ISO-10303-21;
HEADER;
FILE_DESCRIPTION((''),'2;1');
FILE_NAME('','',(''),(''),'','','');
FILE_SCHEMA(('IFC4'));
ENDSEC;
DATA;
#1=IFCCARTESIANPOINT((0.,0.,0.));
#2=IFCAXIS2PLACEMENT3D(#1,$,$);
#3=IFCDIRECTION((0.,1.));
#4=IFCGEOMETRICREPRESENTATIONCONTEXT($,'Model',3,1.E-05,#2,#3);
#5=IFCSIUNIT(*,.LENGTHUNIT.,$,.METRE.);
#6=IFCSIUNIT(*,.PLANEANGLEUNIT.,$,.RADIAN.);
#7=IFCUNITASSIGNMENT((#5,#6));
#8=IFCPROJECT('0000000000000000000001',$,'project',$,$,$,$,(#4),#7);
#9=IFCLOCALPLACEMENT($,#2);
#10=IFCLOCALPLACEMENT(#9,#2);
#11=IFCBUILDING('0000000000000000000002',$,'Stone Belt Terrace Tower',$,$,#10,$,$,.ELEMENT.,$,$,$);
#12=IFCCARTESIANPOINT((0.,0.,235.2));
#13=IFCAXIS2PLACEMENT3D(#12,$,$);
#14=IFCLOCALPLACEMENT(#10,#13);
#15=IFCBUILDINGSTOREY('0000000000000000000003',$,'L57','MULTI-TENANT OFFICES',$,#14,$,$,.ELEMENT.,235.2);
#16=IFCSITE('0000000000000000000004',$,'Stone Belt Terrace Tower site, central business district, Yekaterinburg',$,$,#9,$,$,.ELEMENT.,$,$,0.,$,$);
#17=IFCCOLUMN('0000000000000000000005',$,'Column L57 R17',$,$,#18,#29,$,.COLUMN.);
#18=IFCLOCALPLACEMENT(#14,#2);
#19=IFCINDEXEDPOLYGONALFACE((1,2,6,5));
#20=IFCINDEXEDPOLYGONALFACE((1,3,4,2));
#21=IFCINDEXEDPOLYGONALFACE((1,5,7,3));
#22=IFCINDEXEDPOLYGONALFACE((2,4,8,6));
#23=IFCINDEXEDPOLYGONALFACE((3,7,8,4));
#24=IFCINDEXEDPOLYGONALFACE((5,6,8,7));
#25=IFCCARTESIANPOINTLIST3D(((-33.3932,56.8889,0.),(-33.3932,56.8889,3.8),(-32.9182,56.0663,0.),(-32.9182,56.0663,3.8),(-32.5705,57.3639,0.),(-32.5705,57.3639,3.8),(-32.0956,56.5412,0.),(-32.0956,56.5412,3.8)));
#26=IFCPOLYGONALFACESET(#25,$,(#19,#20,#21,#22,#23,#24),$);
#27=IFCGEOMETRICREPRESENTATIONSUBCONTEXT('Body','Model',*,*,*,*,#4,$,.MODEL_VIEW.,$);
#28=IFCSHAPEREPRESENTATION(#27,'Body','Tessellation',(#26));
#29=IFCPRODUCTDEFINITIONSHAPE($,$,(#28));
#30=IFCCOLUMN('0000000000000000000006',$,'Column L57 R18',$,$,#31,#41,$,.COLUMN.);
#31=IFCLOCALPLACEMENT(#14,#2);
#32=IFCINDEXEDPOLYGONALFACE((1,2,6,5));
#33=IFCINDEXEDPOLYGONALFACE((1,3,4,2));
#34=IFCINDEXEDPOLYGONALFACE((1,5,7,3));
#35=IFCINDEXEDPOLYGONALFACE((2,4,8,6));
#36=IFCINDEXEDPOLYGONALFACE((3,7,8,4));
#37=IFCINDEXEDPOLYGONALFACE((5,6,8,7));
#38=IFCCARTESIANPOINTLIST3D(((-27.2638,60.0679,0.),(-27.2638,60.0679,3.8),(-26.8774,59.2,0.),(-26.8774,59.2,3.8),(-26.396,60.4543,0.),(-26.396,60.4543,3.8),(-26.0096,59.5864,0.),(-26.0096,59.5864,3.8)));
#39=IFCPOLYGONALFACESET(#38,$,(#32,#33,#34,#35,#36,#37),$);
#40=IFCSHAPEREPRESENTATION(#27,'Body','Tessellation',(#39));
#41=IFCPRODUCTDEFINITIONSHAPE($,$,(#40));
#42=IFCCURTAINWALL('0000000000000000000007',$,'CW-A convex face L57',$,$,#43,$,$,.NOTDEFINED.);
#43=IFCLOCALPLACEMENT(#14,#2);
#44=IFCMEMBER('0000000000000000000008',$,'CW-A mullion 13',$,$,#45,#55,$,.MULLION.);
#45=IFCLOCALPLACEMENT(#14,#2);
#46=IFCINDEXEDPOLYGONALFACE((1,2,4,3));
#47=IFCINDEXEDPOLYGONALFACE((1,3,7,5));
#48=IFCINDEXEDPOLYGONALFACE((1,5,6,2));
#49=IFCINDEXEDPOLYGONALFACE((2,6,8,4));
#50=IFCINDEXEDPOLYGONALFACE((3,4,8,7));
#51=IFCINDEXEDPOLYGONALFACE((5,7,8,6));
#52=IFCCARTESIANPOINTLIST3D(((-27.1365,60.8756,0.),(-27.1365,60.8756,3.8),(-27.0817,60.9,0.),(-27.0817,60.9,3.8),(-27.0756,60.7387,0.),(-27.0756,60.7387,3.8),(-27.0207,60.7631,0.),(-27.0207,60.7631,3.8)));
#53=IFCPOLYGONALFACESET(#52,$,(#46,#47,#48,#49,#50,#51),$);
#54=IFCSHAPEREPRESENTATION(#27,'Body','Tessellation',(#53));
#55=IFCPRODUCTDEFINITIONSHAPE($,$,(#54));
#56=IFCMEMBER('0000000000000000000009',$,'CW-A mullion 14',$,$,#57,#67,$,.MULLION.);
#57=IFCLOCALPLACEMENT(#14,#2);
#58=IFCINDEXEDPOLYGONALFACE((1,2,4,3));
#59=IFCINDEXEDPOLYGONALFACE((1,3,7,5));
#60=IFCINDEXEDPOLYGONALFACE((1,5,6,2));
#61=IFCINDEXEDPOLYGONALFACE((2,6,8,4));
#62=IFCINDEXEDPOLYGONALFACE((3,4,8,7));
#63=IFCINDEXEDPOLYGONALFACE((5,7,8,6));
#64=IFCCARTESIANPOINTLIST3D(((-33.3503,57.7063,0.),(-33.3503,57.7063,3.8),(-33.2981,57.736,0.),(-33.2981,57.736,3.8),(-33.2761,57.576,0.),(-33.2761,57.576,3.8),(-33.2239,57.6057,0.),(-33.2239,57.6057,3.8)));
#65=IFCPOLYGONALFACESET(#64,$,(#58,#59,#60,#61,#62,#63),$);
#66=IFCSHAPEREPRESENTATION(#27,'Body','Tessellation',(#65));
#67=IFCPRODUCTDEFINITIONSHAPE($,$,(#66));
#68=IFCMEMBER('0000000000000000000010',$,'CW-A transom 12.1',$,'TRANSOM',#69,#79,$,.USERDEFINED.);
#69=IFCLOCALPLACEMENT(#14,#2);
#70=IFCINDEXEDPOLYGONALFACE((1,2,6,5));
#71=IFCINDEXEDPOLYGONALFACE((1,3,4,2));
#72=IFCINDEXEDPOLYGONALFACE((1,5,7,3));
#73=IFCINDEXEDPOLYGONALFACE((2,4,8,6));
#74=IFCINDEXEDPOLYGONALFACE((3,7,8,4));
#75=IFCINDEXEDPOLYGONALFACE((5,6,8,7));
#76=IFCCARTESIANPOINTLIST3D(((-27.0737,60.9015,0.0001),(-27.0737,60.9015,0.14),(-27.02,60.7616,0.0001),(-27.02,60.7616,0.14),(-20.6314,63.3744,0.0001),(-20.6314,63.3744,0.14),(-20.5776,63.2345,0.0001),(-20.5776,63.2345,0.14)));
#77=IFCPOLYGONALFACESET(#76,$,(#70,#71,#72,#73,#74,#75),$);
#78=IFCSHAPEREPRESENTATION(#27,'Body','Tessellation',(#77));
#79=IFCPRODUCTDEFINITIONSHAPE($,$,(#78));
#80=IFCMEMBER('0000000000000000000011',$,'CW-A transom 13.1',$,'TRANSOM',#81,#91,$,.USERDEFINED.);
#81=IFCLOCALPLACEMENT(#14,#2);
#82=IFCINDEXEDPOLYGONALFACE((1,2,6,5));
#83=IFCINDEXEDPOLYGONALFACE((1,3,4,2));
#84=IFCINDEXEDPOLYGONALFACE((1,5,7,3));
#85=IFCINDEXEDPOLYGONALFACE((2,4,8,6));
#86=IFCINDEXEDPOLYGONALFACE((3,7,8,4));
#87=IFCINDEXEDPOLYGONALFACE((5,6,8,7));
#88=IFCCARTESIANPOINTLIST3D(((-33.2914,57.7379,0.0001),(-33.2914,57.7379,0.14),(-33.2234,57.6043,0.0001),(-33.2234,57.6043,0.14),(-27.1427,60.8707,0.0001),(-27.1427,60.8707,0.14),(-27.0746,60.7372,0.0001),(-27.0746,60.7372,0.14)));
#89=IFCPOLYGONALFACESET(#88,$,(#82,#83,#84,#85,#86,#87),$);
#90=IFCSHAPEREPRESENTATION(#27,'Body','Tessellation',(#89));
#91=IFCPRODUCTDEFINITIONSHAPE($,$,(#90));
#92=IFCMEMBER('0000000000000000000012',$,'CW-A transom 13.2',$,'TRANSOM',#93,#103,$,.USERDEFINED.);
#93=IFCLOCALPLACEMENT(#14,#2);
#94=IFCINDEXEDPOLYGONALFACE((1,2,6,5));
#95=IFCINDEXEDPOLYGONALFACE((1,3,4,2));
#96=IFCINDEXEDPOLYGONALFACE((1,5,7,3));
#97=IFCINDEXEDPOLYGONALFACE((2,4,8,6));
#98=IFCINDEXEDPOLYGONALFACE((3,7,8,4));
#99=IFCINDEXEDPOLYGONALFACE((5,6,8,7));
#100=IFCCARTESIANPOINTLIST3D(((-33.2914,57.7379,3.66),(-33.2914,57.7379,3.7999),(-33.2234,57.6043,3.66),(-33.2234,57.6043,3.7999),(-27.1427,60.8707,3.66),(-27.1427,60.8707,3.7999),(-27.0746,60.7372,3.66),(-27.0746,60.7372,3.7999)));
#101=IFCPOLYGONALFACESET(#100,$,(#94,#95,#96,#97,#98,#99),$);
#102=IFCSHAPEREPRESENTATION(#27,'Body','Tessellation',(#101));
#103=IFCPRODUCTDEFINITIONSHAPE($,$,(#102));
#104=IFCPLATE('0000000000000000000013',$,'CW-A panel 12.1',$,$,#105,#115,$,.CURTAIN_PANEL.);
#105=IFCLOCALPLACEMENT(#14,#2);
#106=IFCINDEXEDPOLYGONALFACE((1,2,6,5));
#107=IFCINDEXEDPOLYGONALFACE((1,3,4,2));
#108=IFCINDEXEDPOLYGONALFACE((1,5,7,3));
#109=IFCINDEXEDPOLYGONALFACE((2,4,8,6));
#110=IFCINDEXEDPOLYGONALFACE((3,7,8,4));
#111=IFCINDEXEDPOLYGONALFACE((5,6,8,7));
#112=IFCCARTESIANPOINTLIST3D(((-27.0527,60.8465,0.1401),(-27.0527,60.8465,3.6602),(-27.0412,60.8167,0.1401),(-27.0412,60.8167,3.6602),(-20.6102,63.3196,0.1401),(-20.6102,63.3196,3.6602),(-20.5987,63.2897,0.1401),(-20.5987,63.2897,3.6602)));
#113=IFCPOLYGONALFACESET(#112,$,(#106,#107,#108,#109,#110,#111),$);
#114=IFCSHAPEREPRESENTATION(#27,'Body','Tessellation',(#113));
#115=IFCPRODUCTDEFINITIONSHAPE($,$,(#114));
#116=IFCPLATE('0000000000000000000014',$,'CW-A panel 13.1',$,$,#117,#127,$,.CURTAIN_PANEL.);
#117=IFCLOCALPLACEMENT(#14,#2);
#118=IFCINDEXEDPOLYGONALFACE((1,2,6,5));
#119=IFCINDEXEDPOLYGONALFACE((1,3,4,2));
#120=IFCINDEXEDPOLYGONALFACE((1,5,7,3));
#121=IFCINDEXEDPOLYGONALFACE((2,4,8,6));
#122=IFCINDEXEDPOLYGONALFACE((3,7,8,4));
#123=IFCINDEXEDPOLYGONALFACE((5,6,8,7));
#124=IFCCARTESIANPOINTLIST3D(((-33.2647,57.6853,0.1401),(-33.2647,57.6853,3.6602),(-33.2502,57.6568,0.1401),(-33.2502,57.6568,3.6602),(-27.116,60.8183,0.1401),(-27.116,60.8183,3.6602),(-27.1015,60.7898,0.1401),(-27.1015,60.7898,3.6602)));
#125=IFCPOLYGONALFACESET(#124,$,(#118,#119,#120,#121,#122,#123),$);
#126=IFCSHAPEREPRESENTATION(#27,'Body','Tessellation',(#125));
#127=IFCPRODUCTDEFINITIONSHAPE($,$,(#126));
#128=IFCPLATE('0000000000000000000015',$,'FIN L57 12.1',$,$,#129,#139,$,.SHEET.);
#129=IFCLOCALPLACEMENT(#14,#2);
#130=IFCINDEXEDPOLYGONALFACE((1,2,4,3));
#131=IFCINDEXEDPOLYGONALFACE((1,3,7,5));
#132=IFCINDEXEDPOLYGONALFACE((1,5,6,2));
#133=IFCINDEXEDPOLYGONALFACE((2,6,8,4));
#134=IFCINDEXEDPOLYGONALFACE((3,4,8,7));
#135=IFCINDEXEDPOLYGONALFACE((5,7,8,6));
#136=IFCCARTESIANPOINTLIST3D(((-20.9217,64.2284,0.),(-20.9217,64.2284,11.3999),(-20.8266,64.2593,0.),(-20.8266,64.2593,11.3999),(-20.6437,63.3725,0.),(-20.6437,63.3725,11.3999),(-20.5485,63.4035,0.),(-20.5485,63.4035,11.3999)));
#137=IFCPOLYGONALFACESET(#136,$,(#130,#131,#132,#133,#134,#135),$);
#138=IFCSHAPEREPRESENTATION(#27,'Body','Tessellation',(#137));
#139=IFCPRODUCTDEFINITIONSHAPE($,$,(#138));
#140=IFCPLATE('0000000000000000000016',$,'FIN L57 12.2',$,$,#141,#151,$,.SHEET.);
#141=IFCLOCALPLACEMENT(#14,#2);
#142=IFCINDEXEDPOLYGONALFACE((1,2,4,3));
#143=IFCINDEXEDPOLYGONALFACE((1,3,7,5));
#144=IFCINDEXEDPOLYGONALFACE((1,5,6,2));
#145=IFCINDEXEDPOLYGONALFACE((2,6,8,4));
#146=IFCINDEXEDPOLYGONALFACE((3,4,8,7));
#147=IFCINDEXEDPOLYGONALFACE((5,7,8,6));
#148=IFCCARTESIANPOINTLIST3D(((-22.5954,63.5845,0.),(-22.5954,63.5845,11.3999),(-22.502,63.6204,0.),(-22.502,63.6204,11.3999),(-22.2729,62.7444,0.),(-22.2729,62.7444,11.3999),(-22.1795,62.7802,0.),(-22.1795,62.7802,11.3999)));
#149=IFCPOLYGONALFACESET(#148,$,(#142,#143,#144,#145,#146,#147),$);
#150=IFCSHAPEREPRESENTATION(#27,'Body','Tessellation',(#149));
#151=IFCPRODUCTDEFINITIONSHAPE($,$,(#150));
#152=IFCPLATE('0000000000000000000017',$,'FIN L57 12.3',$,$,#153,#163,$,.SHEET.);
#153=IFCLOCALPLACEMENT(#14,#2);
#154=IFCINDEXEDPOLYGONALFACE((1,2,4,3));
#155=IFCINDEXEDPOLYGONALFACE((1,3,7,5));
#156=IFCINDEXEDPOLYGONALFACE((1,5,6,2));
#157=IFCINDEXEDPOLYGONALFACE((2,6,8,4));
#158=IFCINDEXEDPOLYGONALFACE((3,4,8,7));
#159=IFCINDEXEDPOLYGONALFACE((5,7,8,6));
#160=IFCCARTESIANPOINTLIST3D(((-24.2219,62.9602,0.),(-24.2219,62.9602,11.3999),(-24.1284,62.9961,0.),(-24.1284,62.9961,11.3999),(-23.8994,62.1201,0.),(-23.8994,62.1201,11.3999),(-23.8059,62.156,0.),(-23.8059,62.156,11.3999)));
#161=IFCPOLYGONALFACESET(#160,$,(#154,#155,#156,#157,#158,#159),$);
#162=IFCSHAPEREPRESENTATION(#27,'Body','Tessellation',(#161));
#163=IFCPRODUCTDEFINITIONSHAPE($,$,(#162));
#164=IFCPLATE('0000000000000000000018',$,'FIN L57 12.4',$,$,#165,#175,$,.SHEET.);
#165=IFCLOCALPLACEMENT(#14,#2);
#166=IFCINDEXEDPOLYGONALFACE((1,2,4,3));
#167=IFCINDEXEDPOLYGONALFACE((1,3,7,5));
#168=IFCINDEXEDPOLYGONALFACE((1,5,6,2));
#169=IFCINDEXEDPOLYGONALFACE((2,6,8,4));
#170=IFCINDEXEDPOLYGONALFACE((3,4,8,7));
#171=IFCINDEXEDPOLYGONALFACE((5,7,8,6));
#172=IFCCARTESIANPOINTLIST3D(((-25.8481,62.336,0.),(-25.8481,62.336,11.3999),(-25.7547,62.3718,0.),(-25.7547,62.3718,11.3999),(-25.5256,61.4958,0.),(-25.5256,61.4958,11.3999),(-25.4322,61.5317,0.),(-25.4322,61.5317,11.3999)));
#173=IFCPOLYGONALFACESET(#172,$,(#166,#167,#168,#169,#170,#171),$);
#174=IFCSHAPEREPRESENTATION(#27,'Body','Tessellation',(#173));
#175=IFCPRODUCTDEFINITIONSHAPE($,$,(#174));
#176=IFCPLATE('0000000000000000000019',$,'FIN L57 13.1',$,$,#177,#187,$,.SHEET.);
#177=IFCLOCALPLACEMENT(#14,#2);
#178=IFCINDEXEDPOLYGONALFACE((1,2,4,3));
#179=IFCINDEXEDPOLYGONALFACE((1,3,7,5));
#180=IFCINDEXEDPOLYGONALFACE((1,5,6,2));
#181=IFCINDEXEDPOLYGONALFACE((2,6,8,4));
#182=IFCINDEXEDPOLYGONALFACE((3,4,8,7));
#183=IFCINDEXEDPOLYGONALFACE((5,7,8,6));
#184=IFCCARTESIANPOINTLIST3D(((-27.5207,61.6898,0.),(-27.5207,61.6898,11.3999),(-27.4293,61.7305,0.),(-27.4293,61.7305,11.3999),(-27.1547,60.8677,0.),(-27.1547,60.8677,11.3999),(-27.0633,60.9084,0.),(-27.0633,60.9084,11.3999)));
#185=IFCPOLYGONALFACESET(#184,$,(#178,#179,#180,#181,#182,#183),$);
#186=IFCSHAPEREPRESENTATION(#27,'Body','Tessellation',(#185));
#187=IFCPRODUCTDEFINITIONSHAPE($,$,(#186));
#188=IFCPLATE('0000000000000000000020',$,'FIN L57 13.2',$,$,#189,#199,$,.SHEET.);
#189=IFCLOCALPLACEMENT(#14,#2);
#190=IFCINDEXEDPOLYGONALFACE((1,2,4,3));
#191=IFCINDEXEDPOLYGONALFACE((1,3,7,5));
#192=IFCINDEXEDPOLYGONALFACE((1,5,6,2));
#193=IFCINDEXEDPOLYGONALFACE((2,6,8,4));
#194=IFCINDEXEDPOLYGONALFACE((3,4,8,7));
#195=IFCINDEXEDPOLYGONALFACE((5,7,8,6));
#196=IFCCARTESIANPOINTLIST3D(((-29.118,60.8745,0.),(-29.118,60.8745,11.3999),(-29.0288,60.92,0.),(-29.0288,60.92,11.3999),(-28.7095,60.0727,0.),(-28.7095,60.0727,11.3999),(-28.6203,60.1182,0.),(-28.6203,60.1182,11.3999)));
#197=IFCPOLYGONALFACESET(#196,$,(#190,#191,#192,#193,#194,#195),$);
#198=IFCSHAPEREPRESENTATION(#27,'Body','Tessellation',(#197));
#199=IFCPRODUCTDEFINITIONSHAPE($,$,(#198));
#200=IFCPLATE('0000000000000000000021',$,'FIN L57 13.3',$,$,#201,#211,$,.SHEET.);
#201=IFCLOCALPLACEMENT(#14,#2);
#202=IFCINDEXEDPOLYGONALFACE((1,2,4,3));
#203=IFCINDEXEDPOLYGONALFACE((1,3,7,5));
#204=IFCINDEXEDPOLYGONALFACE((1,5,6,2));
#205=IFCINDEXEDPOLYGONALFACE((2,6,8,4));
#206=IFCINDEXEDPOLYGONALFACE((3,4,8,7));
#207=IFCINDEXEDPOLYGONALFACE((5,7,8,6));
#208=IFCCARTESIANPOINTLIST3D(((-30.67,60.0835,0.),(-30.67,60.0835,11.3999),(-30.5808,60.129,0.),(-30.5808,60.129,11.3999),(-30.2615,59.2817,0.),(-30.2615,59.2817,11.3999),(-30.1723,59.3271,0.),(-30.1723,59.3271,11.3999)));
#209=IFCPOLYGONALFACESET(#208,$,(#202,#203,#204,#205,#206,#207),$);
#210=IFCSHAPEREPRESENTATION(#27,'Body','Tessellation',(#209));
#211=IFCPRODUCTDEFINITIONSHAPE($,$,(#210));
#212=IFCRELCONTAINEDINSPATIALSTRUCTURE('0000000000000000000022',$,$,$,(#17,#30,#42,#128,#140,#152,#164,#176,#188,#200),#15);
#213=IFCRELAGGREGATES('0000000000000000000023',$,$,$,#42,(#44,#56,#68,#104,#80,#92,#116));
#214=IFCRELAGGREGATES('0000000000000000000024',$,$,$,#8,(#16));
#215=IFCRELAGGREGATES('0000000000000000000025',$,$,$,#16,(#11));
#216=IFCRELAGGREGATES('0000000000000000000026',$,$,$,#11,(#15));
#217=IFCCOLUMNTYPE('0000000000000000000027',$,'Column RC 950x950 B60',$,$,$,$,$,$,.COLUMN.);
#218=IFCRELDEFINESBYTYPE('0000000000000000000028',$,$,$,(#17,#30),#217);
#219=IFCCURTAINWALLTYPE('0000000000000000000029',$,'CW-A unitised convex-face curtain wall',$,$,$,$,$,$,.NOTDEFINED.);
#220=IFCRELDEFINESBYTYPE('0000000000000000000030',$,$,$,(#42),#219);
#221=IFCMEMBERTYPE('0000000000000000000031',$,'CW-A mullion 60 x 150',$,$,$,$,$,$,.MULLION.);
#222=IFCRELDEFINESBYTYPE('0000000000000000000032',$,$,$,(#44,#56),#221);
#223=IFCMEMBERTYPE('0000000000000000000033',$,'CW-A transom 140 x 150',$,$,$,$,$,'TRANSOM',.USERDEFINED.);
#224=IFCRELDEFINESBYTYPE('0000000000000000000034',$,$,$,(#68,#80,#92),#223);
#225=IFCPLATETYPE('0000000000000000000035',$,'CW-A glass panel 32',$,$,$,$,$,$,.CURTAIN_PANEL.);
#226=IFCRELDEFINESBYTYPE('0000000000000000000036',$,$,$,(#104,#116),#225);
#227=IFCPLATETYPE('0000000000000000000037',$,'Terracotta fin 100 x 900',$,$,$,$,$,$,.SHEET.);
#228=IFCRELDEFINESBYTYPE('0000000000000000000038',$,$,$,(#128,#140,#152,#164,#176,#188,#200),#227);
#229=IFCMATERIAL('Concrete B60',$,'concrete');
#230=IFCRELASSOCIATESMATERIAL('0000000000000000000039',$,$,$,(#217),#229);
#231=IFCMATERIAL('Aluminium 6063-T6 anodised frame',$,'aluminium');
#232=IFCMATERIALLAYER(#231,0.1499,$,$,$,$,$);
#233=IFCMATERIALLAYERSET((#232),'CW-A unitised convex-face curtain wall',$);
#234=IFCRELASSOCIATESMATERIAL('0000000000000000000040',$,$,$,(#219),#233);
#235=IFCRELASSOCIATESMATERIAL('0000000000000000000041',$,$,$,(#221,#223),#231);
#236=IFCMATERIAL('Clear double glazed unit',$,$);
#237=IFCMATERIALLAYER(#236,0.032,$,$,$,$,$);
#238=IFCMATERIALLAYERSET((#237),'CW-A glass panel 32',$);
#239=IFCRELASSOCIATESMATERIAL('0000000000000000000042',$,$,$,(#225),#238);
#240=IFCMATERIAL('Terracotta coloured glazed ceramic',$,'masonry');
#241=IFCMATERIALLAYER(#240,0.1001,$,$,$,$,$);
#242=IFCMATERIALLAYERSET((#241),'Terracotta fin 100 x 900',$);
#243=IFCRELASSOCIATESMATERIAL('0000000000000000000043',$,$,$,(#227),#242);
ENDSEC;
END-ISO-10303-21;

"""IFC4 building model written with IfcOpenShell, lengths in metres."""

from ifc_helpers import new_model, si_unit, direction, frame, origin, origin_2d, place, context, subcontext, project, spatial, rectangle, extrude, material, layer, layer_set, material_profile, profile_set, type_object, element, aggregate, save


model = new_model("IFC4")

# Units and contexts
model_context = context("Model", 3, precision=1e-05, world=origin(), true_north=direction((0.0, 1.0)))
body_context = subcontext(model_context, "Body", "Model", "MODEL_VIEW")
ifc_project = project(units=[si_unit("LENGTHUNIT", "METRE"), si_unit("PLANEANGLEUNIT", "RADIAN")], contexts=[model_context])

# Site, building, storey
site_placement = place(None, origin())
site = spatial("IfcSite", under=ifc_project, at=site_placement, Name="Stone Belt Terrace Tower site, central business district, Yekaterinburg", CompositionType="ELEMENT", RefElevation=0.0)
building_placement = place(site_placement, origin())
building = spatial("IfcBuilding", under=site, at=building_placement, Name="Stone Belt Terrace Tower", CompositionType="ELEMENT")
storey_placement = place(building_placement, frame((0.0, 0.0, 235.2)))
storey = spatial("IfcBuildingStorey", under=building, at=storey_placement, Name="L57", Description="MULTI-TENANT OFFICES", CompositionType="ELEMENT", Elevation=235.2)

# Columns
ifc_material_1 = material(Name="Concrete B60", Category="concrete")
ifc_material_profile_1 = material_profile(ifc_material_1, rectangle(XDim=0.95, YDim=0.95, at=origin_2d()), Name="RC 950x950")
ifc_profile_set_1 = profile_set([ifc_material_profile_1], Name="Concrete B60")
column_type = type_object("IfcColumnType", Name="Column RC 950x950 B60", PredefinedType="COLUMN", material=ifc_profile_set_1)
for number, where, z_axis, x_axis, name in (
    (1, (-32.7444, 56.7151, 0.0), (0.0, 0.0, 1.0), (0.866025, 0.5, 0.0), "Column L57 R17"),
    (2, (-26.6367, 59.8271, 0.0), (0.0, 0.0, 1.0), (0.913545, 0.406737, 0.0), "Column L57 R18"),
):
    element("IfcColumn", number, at=place(storey_placement, frame(where, z_axis=z_axis, x_axis=x_axis)), inside=storey, type_object=column_type, Name=name, PredefinedType="COLUMN", context=body_context, shape_type="SweptSolid", body=[
        extrude(rectangle(XDim=0.95, YDim=0.95, at=origin_2d()), origin(), (0.0, 0.0, 1.0), 3.8),
    ])

# Curtain wall, members, plates
ifc_material_2 = material(Name="Aluminium 6063-T6 anodised frame", Category="aluminium")
ifc_layer_1 = layer(ifc_material_2, 0.1499)
ifc_layer_set_1 = layer_set([ifc_layer_1], Name="CW-A unitised convex-face curtain wall")
curtain_wall_type = type_object("IfcCurtainWallType", Name="CW-A unitised convex-face curtain wall", PredefinedType="NOTDEFINED", material=ifc_layer_set_1)
curtain_wall_placement = place(storey_placement, origin())
curtain_wall = element("IfcCurtainWall", 3, at=curtain_wall_placement, inside=storey, type_object=curtain_wall_type, Name="CW-A convex face L57", PredefinedType="NOTDEFINED")
ifc_material_profile_2 = material_profile(ifc_material_2, rectangle(XDim=0.1499, YDim=0.0601, at=origin_2d()), Name="Aluminium 6063-T6 60x150")
ifc_profile_set_2 = profile_set([ifc_material_profile_2], Name="Aluminium 6063-T6 anodised frame")
member_type_1 = type_object("IfcMemberType", Name="CW-A mullion 60 x 150", PredefinedType="MULLION", material=ifc_profile_set_2)
member_1_placement = place(storey_placement, frame((-27.0786, 60.8193, 0.0), z_axis=(0.0, 0.0, 1.0), x_axis=(0.406737, -0.913545, 0.0)))
member_1 = element("IfcMember", 4, at=member_1_placement, type_object=member_type_1, Name="CW-A mullion 13", PredefinedType="MULLION", context=body_context, shape_type="SweptSolid", body=[
    extrude(rectangle(XDim=0.1499, YDim=0.0601, at=origin_2d()), origin(), (0.0, 0.0, 1.0), 3.8),
])
member_2_placement = place(storey_placement, frame((-33.2871, 57.656, 0.0), z_axis=(0.0, 0.0, 1.0), x_axis=(0.494474, -0.869192, 0.0)))
member_2 = element("IfcMember", 5, at=member_2_placement, type_object=member_type_1, Name="CW-A mullion 14", PredefinedType="MULLION", context=body_context, shape_type="SweptSolid", body=[
    extrude(rectangle(XDim=0.1499, YDim=0.0601, at=origin_2d()), origin(), (0.0, 0.0, 1.0), 3.8),
])
ifc_material_profile_3 = material_profile(ifc_material_2, rectangle(XDim=0.1499, YDim=0.1399, at=origin_2d()), Name="Aluminium 6063-T6 150x140")
ifc_profile_set_3 = profile_set([ifc_material_profile_3], Name="Aluminium 6063-T6 anodised frame")
member_type_2 = type_object("IfcMemberType", Name="CW-A transom 140 x 150", ElementType="TRANSOM", PredefinedType="USERDEFINED", material=ifc_profile_set_3)
member_3_placement = place(storey_placement, frame((-20.6045, 63.3044, 0.0701), z_axis=(-0.933585, -0.358355, 0.0), x_axis=(0.358355, -0.933585, 0.0)))
member_3 = element("IfcMember", 6, at=member_3_placement, type_object=member_type_2, Name="CW-A transom 12.1", ObjectType="TRANSOM", PredefinedType="USERDEFINED", context=body_context, shape_type="SweptSolid", body=[
    extrude(rectangle(XDim=0.1499, YDim=0.1399, at=origin_2d()), origin(), (0.0, 0.0, 1.0), 6.9006),
])
member_4_placement = place(storey_placement, frame((-27.1086, 60.804, 0.0701), z_axis=(-0.891012, -0.453979, 0.0), x_axis=(0.453979, -0.891012, 0.0)))
member_4 = element("IfcMember", 7, at=member_4_placement, type_object=member_type_2, Name="CW-A transom 13.1", ObjectType="TRANSOM", PredefinedType="USERDEFINED", context=body_context, shape_type="SweptSolid", body=[
    extrude(rectangle(XDim=0.1499, YDim=0.1399, at=origin_2d()), origin(), (0.0, 0.0, 1.0), 6.9009),
])
member_5_placement = place(storey_placement, frame((-27.1086, 60.804, 3.73), z_axis=(-0.891012, -0.453979, 0.0), x_axis=(0.453979, -0.891012, 0.0)))
member_5 = element("IfcMember", 8, at=member_5_placement, type_object=member_type_2, Name="CW-A transom 13.2", ObjectType="TRANSOM", PredefinedType="USERDEFINED", context=body_context, shape_type="SweptSolid", body=[
    extrude(rectangle(XDim=0.1499, YDim=0.1399, at=origin_2d()), origin(), (0.0, 0.0, 1.0), 6.9009),
])
ifc_material_3 = material(Name="Clear double glazed unit")
ifc_layer_2 = layer(ifc_material_3, 0.032)
ifc_layer_set_2 = layer_set([ifc_layer_2], Name="CW-A glass panel 32")
plate_type_1 = type_object("IfcPlateType", Name="CW-A glass panel 32", PredefinedType="CURTAIN_PANEL", material=ifc_layer_set_2)
plate_1_placement = place(storey_placement, frame((-23.8257, 62.0681, 0.1401), z_axis=(0.0, 0.0, 1.0), x_axis=(-0.93358, -0.358368, 0.0)))
plate_1 = element("IfcPlate", 9, at=plate_1_placement, type_object=plate_type_1, Name="CW-A panel 12.1", PredefinedType="CURTAIN_PANEL", context=body_context, shape_type="SweptSolid", body=[
    extrude(rectangle(XDim=6.9009, YDim=0.032, at=origin_2d()), origin(), (0.0, 0.0, 1.0), 3.52),
])
plate_2_placement = place(storey_placement, frame((-30.1831, 59.2375, 0.1401), z_axis=(0.0, 0.0, 1.0), x_axis=(-0.891007, -0.45399, 0.0)))
plate_2 = element("IfcPlate", 10, at=plate_2_placement, type_object=plate_type_1, Name="CW-A panel 13.1", PredefinedType="CURTAIN_PANEL", context=body_context, shape_type="SweptSolid", body=[
    extrude(rectangle(XDim=6.9009, YDim=0.032, at=origin_2d()), origin(), (0.0, 0.0, 1.0), 3.52),
])
aggregate(curtain_wall, [member_1, member_2, member_3, plate_1, member_4, member_5, plate_2])

# Plates
ifc_material_4 = material(Name="Terracotta coloured glazed ceramic", Category="masonry")
ifc_layer_3 = layer(ifc_material_4, 0.1001)
ifc_layer_set_3 = layer_set([ifc_layer_3], Name="Terracotta fin 100 x 900")
plate_type_2 = type_object("IfcPlateType", Name="Terracotta fin 100 x 900", PredefinedType="SHEET", material=ifc_layer_set_3)
for number, where, z_axis, x_axis, name in (
    (11, (-20.7351, 63.8159, 0.0), (0.0, 0.0, 1.0), (-0.309017, 0.951057, 0.0), "FIN L57 12.1"),
    (12, (-22.3875, 63.1824, 0.0), (0.0, 0.0, 1.0), (-0.358368, 0.93358, 0.0), "FIN L57 12.2"),
    (13, (-24.0139, 62.5581, 0.0), (0.0, 0.0, 1.0), (-0.358368, 0.93358, 0.0), "FIN L57 12.3"),
    (14, (-25.6401, 61.9338, 0.0), (0.0, 0.0, 1.0), (-0.358368, 0.93358, 0.0), "FIN L57 12.4"),
    (15, (-27.292, 61.2991, 0.0), (0.0, 0.0, 1.0), (-0.406737, 0.913545, 0.0), "FIN L57 13.1"),
    (16, (-28.8691, 60.4963, 0.0), (0.0, 0.0, 1.0), (-0.45399, 0.891007, 0.0), "FIN L57 13.2"),
    (17, (-30.4211, 59.7053, 0.0), (0.0, 0.0, 1.0), (-0.45399, 0.891007, 0.0), "FIN L57 13.3"),
):
    element("IfcPlate", number, at=place(storey_placement, frame(where, z_axis=z_axis, x_axis=x_axis)), inside=storey, type_object=plate_type_2, Name=name, PredefinedType="SHEET", context=body_context, shape_type="SweptSolid", body=[
        extrude(rectangle(XDim=0.8999, YDim=0.1001, at=origin_2d()), origin(), (0.0, 0.0, 1.0), 11.3999),
    ])

save(model, "model.ifc")
